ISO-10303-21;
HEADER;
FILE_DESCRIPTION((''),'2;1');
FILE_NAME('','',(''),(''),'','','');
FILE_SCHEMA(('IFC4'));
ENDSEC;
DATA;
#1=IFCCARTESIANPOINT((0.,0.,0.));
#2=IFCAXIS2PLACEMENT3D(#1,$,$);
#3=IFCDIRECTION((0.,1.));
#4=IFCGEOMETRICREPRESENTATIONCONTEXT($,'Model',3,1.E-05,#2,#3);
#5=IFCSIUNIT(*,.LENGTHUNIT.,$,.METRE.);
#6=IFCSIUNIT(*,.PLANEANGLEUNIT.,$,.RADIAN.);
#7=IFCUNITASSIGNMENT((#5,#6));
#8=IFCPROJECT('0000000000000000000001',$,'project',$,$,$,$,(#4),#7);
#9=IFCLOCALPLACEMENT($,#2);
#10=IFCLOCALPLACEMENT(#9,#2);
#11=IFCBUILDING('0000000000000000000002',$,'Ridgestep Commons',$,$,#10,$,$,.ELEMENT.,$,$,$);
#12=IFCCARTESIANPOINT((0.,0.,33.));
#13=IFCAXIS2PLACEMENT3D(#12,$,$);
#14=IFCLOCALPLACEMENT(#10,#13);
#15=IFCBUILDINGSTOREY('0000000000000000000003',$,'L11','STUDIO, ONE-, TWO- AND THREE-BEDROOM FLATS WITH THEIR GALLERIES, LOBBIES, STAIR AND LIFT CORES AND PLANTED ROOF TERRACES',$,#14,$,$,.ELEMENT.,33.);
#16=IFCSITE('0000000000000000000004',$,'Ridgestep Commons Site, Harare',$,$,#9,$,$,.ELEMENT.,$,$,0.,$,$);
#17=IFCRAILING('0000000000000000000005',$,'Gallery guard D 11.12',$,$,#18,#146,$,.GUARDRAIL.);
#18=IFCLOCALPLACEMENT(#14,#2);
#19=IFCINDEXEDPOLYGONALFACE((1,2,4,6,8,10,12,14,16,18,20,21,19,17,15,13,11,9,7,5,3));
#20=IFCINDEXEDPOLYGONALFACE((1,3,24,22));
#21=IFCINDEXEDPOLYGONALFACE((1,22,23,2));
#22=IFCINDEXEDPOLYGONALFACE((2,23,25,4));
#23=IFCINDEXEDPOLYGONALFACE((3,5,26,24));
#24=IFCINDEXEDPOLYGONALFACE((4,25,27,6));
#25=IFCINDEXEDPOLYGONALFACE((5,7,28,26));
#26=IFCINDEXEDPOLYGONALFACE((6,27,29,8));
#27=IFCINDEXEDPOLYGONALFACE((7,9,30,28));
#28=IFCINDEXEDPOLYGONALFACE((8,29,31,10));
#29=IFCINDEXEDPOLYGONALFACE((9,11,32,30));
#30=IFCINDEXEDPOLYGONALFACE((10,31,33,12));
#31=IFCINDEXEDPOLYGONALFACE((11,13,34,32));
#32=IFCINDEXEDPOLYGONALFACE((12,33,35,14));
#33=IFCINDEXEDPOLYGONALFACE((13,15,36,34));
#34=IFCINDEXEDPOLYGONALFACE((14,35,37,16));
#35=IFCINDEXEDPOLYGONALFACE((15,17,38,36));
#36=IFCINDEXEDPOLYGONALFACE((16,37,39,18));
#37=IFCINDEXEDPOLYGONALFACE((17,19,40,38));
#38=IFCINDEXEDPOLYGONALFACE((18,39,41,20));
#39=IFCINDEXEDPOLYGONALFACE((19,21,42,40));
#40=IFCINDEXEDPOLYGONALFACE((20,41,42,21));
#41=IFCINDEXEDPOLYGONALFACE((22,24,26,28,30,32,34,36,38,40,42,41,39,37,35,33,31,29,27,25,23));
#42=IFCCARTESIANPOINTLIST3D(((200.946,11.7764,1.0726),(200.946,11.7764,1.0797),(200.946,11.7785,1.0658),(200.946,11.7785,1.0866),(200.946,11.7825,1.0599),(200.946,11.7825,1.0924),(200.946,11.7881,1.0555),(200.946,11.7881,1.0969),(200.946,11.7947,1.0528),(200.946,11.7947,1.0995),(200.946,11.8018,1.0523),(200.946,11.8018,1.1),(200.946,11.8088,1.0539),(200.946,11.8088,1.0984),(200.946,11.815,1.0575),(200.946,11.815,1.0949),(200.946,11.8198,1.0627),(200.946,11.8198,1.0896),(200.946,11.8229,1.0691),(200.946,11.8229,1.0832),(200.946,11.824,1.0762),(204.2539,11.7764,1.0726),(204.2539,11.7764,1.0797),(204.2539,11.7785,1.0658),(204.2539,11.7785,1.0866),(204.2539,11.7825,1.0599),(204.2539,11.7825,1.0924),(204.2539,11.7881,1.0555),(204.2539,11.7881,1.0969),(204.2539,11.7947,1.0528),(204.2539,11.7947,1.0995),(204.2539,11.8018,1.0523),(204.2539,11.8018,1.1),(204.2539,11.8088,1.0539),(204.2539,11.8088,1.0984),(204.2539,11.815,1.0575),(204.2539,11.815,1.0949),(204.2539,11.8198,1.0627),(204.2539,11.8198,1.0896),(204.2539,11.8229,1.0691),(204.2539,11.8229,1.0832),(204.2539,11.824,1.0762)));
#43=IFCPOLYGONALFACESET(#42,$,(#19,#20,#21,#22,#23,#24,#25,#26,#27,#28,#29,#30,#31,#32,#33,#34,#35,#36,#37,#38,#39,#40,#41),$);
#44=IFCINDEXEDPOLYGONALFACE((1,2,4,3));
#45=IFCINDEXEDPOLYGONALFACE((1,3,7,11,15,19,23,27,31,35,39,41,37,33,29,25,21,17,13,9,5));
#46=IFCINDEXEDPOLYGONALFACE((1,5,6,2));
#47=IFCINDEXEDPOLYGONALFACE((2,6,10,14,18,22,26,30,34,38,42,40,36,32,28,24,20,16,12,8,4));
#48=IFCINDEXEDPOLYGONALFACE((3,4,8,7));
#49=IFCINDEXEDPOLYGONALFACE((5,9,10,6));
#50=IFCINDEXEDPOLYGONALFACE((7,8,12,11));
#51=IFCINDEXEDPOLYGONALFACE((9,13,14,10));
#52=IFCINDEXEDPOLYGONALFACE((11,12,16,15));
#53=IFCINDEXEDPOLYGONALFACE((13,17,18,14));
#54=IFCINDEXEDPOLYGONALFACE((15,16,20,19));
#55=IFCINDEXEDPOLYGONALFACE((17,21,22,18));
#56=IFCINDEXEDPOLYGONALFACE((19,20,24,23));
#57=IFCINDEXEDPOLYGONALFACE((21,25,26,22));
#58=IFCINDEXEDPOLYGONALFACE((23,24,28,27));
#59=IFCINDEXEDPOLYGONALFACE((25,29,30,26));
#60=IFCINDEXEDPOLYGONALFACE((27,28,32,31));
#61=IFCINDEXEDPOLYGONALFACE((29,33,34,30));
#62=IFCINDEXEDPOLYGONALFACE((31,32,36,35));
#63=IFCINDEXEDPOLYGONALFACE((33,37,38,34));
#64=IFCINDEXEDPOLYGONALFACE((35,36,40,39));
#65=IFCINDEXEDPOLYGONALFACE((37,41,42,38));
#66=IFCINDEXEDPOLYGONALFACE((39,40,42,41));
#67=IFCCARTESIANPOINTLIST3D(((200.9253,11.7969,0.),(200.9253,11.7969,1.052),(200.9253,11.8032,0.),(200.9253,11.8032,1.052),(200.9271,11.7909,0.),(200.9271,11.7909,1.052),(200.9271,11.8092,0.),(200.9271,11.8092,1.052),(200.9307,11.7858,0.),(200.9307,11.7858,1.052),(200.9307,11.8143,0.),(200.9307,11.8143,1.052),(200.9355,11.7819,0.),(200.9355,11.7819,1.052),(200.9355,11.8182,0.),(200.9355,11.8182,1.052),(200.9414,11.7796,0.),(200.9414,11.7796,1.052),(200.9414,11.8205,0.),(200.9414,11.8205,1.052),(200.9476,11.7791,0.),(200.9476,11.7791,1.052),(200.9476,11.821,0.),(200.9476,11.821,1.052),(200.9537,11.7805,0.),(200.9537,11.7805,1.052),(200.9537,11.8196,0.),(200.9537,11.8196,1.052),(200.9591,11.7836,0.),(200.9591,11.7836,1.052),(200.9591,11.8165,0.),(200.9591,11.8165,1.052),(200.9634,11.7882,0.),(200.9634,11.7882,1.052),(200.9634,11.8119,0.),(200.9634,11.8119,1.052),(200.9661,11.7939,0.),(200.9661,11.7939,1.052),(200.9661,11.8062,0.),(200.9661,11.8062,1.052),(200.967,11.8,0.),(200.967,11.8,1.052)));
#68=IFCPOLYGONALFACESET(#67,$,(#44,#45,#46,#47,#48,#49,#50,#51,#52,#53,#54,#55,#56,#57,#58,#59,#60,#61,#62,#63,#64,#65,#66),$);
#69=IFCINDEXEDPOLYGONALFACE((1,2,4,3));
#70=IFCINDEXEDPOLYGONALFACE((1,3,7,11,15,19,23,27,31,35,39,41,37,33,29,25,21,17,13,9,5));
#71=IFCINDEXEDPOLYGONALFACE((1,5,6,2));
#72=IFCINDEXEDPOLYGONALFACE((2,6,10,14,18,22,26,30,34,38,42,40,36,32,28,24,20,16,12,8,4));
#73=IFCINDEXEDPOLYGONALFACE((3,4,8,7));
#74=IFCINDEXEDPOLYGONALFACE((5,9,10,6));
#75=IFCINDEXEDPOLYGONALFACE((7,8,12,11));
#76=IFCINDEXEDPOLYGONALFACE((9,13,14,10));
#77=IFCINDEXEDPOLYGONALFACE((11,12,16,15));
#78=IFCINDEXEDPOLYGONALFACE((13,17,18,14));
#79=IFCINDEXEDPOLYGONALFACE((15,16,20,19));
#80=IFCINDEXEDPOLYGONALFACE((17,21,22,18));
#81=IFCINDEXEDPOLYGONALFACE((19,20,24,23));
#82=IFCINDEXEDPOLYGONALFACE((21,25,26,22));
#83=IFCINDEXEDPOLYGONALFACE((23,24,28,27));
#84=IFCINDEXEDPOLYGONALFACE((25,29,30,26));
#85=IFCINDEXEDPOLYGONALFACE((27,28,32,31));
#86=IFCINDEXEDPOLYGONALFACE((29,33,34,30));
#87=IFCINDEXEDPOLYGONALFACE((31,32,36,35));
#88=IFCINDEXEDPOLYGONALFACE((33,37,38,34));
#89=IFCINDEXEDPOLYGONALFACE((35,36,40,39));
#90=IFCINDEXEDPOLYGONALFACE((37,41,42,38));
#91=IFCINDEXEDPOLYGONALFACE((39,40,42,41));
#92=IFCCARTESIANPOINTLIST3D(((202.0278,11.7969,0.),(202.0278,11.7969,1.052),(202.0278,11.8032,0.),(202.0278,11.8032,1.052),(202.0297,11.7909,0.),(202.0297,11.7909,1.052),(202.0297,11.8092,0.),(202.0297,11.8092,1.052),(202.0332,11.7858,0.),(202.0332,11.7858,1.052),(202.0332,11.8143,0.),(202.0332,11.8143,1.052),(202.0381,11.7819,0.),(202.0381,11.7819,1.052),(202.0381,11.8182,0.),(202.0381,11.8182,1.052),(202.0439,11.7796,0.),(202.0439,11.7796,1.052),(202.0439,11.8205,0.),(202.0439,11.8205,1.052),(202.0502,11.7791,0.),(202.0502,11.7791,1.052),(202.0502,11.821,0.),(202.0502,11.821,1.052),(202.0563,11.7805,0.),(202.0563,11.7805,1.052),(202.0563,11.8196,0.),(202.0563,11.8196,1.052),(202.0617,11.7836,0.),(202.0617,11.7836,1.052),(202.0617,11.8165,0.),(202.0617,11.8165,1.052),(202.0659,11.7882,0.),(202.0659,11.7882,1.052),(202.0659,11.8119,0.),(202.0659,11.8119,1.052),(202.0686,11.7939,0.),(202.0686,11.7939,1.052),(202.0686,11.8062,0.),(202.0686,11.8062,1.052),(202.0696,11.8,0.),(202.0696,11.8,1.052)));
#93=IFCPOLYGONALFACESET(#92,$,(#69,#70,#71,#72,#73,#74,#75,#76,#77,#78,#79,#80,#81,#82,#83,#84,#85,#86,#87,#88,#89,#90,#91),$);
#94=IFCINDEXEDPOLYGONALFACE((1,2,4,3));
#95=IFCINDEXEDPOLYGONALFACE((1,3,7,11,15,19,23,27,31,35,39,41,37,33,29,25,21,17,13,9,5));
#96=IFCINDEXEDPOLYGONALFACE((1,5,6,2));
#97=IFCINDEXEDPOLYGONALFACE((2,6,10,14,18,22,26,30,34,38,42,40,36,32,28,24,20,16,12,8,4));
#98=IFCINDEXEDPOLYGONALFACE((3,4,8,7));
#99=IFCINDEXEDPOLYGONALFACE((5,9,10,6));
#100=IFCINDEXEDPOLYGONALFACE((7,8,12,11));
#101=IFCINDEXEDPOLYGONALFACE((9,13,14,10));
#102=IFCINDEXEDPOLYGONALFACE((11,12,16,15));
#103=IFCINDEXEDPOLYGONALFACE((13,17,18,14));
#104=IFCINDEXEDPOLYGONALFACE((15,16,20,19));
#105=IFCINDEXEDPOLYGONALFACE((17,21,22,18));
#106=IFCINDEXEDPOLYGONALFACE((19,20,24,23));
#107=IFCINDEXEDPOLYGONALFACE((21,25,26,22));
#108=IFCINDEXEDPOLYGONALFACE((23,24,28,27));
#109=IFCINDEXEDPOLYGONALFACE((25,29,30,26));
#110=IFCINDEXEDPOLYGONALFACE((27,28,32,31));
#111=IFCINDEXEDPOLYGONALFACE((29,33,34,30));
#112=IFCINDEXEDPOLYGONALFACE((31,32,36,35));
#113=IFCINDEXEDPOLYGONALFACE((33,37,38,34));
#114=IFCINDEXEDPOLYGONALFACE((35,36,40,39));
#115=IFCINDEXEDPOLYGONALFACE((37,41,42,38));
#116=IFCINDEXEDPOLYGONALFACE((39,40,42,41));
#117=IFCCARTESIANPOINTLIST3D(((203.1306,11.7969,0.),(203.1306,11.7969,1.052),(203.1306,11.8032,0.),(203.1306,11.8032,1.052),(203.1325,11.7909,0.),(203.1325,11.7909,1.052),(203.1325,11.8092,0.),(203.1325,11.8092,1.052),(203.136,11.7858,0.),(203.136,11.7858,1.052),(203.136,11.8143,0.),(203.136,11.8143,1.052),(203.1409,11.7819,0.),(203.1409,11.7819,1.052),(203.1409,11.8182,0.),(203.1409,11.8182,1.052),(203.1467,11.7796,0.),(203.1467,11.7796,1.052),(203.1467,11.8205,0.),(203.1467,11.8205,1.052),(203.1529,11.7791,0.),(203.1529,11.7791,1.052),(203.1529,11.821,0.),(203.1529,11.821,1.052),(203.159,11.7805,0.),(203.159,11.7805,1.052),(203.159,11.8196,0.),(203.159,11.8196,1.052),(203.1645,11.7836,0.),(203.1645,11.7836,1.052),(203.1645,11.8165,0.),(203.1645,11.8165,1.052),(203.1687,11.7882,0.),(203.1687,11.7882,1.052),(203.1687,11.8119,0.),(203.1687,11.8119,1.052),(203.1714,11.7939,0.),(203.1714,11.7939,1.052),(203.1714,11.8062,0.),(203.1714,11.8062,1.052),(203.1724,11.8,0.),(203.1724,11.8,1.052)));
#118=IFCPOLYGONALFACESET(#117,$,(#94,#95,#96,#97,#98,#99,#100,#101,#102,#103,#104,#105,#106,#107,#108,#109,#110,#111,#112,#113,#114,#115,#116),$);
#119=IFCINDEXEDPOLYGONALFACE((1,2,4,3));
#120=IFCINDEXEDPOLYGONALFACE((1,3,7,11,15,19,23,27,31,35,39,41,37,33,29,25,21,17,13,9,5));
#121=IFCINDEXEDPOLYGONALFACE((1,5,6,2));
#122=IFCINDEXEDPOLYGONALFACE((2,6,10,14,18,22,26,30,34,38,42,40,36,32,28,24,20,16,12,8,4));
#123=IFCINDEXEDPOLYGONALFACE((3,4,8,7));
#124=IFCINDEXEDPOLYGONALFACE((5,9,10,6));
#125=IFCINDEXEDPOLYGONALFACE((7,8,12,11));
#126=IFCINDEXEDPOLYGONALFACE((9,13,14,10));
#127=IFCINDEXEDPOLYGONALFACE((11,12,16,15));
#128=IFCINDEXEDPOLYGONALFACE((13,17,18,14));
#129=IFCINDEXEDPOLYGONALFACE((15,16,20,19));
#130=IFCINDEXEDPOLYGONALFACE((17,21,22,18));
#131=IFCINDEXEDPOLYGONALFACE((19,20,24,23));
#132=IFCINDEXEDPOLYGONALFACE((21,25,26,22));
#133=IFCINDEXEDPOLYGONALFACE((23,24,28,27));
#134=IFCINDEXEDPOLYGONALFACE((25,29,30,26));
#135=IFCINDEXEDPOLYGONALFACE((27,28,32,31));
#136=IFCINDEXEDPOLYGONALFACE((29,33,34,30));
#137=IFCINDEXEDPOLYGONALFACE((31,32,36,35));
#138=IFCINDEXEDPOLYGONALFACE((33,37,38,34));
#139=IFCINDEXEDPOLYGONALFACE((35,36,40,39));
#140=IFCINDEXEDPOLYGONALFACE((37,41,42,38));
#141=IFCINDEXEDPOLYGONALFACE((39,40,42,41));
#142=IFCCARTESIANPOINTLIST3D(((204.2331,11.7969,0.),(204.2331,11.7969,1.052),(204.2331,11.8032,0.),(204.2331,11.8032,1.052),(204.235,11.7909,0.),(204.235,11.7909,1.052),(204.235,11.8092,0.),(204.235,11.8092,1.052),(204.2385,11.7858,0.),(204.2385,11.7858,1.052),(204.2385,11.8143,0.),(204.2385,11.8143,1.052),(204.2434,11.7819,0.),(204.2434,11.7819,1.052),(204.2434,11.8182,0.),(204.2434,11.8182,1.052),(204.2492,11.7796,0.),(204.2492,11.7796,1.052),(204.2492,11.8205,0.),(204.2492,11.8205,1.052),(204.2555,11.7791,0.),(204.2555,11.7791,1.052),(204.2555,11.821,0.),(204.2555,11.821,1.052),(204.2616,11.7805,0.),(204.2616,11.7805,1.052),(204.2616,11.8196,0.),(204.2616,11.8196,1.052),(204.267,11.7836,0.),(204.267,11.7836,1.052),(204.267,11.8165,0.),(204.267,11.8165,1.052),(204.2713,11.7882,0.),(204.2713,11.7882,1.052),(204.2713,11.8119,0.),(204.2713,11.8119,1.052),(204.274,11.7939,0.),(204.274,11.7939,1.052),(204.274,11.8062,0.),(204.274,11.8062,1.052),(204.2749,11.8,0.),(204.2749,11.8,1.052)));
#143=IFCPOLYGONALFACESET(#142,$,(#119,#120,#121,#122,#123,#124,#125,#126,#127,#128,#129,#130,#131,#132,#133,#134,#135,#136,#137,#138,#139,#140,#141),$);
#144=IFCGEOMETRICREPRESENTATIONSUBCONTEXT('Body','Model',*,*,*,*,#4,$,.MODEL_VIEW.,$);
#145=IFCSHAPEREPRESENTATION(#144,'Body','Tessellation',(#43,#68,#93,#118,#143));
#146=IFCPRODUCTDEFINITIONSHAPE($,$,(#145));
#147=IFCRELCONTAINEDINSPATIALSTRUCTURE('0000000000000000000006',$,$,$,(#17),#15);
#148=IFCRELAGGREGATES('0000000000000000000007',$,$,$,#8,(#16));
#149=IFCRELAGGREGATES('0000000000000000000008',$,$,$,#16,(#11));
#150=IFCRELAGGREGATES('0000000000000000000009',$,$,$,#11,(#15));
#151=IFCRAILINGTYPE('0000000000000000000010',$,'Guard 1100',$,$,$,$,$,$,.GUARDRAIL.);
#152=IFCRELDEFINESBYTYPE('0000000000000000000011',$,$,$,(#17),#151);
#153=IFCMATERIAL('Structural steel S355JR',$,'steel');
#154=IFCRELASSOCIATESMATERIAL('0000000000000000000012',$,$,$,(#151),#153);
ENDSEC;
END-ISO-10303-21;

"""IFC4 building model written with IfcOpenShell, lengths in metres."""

from ifc_helpers import new_model, si_unit, direction, frame, origin, origin_2d, place, context, subcontext, project, spatial, circle, extrude, material, type_object, element, save


model = new_model("IFC4")

# Units and contexts
model_context = context("Model", 3, precision=1e-05, world=origin(), true_north=direction((0.0, 1.0)))
body_context = subcontext(model_context, "Body", "Model", "MODEL_VIEW")
ifc_project = project(units=[si_unit("LENGTHUNIT", "METRE"), si_unit("PLANEANGLEUNIT", "RADIAN")], contexts=[model_context])

# Site, building, storey
site_placement = place(None, origin())
site = spatial("IfcSite", under=ifc_project, at=site_placement, Name="Ridgestep Commons Site, Harare", CompositionType="ELEMENT", RefElevation=0.0)
building_placement = place(site_placement, origin())
building = spatial("IfcBuilding", under=site, at=building_placement, Name="Ridgestep Commons", CompositionType="ELEMENT")
storey_placement = place(building_placement, frame((0.0, 0.0, 33.0)))
storey = spatial("IfcBuildingStorey", under=building, at=storey_placement, Name="L11", Description="STUDIO, ONE-, TWO- AND THREE-BEDROOM FLATS WITH THEIR GALLERIES, LOBBIES, STAIR AND LIFT CORES AND PLANTED ROOF TERRACES", CompositionType="ELEMENT", Elevation=33.0)

# Railing
ifc_material_1 = material(Name="Structural steel S355JR", Category="steel")
railing_type = type_object("IfcRailingType", Name="Guard 1100", PredefinedType="GUARDRAIL", material=ifc_material_1)
railing_1_placement = place(storey_placement, frame((200.946, 11.8, 0.0)))
element("IfcRailing", 1, at=railing_1_placement, inside=storey, type_object=railing_type, Name="Gallery guard D 11.12", PredefinedType="GUARDRAIL", context=body_context, shape_type="SweptSolid", body=[
    extrude(circle(Radius=0.0239, at=origin_2d()), frame((0.0, 0.0, 1.0762), z_axis=(1.0, 0.0, 0.0), x_axis=(0.0, 1.0, 0.0)), (0.0, 0.0, 1.0), 3.3079),
    extrude(circle(Radius=0.021, at=origin_2d()), origin(), (0.0, 0.0, 1.0), 1.052),
    extrude(circle(Radius=0.021, at=origin_2d()), frame((1.1025, 0.0, 0.0)), (0.0, 0.0, 1.0), 1.052),
    extrude(circle(Radius=0.021, at=origin_2d()), frame((2.2053, 0.0, 0.0)), (0.0, 0.0, 1.0), 1.052),
    extrude(circle(Radius=0.021, at=origin_2d()), frame((3.3079, 0.0, 0.0)), (0.0, 0.0, 1.0), 1.052),
])

save(model, "model.ifc")
